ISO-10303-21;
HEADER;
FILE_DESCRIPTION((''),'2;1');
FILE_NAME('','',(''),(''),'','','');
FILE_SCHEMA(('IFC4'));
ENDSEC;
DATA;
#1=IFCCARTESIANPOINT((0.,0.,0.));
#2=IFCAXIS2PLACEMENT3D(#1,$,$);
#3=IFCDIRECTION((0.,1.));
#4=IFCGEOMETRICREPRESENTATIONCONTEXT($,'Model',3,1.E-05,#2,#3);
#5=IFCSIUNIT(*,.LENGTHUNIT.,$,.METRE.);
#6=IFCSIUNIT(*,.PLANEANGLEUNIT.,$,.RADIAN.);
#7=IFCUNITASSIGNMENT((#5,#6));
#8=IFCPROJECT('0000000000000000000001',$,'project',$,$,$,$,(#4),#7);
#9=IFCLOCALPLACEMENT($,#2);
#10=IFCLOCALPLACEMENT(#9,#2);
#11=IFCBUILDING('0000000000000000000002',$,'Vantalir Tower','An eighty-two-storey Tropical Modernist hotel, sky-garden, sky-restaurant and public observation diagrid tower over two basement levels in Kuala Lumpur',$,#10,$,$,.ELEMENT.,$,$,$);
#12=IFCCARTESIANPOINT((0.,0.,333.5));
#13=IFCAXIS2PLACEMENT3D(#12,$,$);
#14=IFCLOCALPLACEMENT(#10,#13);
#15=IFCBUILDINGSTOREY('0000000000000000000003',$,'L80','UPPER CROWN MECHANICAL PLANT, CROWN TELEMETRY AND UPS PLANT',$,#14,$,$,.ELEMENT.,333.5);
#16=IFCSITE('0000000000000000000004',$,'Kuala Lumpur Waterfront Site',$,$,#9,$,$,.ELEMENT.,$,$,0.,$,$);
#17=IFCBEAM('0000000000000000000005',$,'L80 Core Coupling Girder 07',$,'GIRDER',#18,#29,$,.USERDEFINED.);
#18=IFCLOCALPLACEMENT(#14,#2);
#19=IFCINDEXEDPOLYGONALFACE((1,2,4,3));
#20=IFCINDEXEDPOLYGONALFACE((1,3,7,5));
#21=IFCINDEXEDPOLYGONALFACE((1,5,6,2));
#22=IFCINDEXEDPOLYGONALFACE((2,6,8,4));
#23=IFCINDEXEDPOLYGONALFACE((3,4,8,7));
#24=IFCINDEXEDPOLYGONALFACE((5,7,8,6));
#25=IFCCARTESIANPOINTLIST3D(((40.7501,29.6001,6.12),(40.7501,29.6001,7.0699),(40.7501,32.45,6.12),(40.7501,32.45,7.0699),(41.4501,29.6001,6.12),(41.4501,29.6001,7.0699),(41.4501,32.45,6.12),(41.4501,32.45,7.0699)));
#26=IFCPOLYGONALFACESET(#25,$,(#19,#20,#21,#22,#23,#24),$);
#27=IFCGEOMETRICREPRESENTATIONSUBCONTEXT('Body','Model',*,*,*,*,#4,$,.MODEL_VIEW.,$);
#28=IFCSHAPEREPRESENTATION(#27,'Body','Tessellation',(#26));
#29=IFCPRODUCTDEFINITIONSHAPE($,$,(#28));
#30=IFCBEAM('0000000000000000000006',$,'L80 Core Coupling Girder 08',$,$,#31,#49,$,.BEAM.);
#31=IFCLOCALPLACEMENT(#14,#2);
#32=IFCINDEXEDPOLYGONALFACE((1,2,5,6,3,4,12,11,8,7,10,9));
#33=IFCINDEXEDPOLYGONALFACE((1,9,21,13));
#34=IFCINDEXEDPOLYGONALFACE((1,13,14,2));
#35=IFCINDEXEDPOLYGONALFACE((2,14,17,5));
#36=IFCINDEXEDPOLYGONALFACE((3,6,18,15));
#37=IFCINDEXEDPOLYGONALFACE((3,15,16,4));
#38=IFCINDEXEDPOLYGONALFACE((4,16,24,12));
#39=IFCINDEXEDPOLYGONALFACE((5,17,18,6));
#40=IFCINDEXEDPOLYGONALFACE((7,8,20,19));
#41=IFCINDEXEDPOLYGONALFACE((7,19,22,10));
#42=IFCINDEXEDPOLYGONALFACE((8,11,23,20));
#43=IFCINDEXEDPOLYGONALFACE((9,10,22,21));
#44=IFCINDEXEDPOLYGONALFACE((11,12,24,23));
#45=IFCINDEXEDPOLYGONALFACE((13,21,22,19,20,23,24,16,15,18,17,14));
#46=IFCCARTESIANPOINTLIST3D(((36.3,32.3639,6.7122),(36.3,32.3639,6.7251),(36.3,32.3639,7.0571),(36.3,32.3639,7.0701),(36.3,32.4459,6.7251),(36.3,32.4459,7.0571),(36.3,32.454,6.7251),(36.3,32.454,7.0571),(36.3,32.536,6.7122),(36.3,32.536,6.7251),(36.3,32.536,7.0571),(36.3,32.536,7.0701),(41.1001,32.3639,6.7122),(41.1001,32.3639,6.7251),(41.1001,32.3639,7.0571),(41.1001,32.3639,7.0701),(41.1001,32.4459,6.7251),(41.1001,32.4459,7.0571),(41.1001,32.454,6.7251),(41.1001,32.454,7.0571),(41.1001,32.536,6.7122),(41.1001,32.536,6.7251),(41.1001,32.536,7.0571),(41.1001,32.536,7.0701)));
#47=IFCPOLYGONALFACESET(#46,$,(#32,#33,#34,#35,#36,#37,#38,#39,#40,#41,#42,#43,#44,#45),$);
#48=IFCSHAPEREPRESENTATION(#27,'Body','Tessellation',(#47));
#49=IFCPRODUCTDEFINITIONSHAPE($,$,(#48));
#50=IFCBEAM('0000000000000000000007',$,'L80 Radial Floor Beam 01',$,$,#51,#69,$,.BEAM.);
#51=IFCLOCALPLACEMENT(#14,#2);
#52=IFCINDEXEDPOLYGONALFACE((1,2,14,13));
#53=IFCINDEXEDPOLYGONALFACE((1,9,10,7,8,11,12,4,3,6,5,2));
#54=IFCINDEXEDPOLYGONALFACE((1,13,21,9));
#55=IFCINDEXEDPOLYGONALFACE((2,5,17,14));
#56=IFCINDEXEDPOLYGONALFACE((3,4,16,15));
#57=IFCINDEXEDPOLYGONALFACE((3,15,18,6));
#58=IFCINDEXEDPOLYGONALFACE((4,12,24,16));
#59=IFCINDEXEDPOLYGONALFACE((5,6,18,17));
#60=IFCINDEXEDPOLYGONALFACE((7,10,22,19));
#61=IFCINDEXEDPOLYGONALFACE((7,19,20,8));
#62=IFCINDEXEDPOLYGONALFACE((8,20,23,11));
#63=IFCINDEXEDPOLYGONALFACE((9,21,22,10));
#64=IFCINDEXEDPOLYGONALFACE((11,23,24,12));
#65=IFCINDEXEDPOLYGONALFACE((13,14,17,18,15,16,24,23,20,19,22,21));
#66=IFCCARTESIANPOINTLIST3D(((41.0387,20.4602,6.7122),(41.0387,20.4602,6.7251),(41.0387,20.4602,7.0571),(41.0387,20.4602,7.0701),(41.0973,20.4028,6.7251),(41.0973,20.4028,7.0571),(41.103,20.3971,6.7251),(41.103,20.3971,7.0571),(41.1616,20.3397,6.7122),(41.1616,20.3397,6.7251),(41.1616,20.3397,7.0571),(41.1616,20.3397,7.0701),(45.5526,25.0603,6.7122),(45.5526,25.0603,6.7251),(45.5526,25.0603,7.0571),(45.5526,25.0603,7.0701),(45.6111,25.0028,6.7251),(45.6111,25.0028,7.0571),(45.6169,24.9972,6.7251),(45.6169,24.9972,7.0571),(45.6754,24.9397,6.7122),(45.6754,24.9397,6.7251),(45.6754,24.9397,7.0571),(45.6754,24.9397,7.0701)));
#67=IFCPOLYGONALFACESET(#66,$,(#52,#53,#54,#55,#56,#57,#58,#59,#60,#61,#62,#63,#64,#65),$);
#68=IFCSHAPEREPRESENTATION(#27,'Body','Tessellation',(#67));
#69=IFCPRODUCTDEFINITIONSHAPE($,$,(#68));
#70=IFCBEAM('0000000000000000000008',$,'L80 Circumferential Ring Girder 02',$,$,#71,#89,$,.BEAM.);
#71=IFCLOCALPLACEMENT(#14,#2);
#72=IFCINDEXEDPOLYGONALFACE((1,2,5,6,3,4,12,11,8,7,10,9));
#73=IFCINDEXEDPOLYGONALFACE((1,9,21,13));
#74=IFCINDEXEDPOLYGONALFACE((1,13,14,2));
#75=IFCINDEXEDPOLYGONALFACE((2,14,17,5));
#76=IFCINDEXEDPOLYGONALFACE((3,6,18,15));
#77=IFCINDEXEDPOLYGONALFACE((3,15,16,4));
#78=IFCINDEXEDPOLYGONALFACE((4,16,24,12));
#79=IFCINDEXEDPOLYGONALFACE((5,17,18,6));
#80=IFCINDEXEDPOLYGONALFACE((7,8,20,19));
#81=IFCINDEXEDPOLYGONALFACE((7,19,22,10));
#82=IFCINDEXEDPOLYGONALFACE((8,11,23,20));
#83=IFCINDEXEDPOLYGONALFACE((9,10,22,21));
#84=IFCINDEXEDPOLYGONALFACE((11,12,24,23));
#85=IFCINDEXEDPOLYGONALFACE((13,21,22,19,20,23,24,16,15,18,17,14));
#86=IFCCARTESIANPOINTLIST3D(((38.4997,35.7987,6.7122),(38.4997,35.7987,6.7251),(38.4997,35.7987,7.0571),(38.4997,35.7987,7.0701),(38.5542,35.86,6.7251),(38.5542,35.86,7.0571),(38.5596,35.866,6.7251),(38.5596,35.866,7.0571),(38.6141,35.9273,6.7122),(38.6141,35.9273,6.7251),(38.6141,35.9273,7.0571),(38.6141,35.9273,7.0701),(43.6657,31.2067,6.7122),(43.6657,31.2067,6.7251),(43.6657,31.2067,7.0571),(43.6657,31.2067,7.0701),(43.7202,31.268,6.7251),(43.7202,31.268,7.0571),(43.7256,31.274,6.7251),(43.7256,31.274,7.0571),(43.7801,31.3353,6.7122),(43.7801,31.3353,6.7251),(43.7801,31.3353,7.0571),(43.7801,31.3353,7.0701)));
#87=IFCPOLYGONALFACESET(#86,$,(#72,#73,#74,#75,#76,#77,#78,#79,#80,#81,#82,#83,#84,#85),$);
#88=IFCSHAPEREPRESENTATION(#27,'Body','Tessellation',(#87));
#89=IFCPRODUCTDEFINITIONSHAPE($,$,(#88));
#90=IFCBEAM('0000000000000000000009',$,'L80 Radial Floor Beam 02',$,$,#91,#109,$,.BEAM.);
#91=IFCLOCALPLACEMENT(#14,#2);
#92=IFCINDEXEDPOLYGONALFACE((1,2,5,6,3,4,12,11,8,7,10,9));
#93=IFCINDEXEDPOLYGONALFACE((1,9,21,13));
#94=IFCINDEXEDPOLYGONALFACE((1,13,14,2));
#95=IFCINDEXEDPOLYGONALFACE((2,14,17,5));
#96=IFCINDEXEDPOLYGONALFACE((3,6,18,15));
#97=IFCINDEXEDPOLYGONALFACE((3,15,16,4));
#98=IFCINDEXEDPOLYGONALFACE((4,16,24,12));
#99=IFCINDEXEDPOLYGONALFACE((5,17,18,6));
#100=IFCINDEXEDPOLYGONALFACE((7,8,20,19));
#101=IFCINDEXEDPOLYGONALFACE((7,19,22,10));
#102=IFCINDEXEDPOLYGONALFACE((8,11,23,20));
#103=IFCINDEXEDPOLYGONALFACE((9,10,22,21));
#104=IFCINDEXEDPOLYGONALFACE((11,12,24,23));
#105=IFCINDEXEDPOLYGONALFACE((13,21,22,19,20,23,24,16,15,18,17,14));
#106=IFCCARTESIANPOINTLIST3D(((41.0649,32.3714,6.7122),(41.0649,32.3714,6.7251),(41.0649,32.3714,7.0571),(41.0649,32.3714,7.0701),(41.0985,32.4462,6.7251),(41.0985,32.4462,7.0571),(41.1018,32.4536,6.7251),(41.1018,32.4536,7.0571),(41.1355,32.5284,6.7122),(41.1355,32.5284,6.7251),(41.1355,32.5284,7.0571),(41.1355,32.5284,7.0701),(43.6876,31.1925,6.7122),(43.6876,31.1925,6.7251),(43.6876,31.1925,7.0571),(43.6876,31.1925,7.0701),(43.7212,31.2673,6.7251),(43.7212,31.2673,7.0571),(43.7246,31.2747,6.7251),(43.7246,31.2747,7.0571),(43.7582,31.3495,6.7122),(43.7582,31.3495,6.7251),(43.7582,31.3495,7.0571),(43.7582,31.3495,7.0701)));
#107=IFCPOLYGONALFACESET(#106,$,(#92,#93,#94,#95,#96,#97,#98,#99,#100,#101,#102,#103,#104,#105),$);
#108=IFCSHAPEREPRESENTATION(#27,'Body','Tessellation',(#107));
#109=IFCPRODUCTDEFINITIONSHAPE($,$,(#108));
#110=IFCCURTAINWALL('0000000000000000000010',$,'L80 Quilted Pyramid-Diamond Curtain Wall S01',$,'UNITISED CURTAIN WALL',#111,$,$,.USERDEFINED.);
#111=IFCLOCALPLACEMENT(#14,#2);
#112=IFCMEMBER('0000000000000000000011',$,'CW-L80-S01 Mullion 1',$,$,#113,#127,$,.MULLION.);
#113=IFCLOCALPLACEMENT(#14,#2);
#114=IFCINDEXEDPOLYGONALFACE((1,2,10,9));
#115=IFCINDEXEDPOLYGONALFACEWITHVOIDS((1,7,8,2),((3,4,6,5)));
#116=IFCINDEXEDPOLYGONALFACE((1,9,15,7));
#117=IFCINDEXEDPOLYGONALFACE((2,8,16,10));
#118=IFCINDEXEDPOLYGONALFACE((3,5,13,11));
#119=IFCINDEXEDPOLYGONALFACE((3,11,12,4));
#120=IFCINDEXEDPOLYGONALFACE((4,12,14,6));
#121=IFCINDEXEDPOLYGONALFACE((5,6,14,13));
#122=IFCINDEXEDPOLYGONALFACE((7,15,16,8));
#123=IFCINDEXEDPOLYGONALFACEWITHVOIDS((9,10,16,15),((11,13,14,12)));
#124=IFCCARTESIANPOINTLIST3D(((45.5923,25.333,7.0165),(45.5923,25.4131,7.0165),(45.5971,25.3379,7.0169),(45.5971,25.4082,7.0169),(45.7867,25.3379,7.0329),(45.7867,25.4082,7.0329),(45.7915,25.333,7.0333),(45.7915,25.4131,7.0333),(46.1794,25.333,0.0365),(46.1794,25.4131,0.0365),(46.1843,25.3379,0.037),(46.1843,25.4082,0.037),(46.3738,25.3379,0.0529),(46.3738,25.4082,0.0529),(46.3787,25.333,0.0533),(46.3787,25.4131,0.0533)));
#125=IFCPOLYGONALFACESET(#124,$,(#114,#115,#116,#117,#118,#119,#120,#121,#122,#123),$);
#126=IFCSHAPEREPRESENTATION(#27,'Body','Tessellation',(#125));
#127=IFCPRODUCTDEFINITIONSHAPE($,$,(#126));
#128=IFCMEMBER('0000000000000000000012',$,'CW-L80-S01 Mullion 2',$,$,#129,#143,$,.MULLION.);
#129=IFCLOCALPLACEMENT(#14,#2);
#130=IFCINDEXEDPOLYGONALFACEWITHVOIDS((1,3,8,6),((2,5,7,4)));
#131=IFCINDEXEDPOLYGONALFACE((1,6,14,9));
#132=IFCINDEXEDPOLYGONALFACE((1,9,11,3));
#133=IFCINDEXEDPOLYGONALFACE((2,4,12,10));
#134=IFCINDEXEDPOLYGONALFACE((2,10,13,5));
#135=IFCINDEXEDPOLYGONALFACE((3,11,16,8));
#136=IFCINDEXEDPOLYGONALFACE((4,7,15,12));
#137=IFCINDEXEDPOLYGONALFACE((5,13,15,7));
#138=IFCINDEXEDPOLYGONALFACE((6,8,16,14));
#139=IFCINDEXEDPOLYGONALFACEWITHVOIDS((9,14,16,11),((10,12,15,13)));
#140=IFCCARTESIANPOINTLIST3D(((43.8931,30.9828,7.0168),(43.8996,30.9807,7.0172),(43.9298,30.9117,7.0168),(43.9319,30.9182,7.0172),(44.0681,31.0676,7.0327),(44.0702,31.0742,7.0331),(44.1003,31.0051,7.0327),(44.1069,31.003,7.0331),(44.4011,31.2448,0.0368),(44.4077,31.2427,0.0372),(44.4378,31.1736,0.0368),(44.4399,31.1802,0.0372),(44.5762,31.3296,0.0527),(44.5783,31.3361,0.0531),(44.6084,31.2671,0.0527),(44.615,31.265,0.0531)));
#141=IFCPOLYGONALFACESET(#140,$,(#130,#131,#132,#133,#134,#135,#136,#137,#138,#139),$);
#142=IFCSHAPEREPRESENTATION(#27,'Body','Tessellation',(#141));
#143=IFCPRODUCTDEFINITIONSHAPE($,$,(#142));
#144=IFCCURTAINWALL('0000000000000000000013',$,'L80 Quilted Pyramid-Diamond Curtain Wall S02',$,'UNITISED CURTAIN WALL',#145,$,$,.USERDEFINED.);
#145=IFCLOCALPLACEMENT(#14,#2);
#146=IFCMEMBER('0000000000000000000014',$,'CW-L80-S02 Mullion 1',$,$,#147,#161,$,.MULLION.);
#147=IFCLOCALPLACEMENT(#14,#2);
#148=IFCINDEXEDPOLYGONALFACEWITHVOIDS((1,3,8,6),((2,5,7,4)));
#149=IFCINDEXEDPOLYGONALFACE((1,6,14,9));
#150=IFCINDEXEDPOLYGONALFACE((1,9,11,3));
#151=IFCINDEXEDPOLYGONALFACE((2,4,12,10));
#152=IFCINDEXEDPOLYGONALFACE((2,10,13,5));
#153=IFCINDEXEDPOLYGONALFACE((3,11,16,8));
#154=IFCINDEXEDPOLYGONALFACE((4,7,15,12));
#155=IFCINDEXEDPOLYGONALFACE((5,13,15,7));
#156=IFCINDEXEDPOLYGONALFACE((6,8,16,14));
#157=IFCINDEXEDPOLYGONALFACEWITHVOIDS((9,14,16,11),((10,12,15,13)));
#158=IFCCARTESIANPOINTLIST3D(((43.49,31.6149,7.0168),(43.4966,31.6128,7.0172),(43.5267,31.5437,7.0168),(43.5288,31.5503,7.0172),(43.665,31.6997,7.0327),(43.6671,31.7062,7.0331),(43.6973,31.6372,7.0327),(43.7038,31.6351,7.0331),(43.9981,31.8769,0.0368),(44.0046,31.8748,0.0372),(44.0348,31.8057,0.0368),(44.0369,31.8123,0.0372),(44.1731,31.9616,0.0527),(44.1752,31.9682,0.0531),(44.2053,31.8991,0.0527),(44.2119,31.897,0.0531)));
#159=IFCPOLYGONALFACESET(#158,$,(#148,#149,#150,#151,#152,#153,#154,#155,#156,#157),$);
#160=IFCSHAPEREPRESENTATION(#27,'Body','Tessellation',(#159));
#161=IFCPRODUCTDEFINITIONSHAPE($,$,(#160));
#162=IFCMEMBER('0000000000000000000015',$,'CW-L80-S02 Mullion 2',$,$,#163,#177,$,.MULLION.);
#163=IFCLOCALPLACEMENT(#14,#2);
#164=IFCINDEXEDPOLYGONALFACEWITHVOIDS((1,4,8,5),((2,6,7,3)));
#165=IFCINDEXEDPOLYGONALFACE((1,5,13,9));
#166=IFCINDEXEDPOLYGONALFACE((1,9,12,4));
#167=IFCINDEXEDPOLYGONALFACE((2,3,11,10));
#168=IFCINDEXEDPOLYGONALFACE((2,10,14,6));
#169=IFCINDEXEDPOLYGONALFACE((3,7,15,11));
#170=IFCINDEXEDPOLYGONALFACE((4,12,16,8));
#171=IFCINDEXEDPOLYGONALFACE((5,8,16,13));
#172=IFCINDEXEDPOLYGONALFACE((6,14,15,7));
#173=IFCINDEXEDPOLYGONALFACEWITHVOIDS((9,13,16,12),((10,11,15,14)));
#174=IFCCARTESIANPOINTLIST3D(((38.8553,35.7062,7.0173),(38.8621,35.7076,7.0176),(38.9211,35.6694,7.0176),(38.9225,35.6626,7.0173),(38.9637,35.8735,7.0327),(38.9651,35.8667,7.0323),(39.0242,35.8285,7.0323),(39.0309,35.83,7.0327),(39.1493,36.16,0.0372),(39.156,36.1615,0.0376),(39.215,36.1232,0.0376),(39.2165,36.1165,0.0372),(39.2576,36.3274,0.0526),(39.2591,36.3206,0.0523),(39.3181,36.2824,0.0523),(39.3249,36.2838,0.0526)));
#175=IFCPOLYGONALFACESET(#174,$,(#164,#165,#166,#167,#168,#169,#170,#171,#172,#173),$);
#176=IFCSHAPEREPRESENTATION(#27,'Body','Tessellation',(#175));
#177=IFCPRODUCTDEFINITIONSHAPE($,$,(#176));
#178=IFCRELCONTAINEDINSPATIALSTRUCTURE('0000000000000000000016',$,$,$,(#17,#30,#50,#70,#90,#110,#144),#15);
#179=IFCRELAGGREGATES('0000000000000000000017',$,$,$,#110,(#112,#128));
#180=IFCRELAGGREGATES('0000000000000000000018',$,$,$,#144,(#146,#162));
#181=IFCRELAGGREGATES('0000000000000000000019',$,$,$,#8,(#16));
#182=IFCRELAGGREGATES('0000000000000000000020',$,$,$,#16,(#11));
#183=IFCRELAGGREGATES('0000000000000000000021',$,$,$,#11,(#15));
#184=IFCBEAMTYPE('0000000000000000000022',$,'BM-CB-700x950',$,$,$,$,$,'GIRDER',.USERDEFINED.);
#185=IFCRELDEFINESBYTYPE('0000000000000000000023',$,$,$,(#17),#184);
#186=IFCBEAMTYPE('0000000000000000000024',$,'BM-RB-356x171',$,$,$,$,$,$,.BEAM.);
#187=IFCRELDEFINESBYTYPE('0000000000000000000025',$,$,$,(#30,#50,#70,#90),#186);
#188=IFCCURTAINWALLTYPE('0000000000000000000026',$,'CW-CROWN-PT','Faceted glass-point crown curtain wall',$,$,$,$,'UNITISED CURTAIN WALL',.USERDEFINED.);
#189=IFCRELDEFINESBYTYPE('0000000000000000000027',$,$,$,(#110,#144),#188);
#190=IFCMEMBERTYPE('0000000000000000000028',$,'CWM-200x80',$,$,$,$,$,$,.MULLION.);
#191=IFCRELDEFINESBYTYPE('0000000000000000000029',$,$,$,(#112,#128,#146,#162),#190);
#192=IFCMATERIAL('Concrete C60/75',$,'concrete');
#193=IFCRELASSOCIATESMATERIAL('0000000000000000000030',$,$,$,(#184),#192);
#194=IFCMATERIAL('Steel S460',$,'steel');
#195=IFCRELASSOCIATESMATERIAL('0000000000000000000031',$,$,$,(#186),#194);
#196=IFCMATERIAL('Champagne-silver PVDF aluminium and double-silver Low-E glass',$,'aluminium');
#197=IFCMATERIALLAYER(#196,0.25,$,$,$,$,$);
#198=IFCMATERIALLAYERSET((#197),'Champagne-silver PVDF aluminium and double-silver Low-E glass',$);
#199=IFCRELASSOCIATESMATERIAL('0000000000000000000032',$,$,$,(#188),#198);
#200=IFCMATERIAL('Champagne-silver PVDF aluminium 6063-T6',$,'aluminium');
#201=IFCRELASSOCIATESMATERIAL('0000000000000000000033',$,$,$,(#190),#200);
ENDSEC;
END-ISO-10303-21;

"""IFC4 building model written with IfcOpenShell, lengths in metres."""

from ifc_helpers import new_model, si_unit, direction, frame, origin, origin_2d, place, context, subcontext, project, spatial, rectangle, hollow_rectangle, i_section, extrude, material, layer, layer_set, material_profile, profile_set, type_object, element, aggregate, save


model = new_model("IFC4")

# Units and contexts
model_context = context("Model", 3, precision=1e-05, world=origin(), true_north=direction((0.0, 1.0)))
body_context = subcontext(model_context, "Body", "Model", "MODEL_VIEW")
ifc_project = project(units=[si_unit("LENGTHUNIT", "METRE"), si_unit("PLANEANGLEUNIT", "RADIAN")], contexts=[model_context])

# Site, building, storey
site_placement = place(None, origin())
site = spatial("IfcSite", under=ifc_project, at=site_placement, Name="Kuala Lumpur Waterfront Site", CompositionType="ELEMENT", RefElevation=0.0)
building_placement = place(site_placement, origin())
building = spatial("IfcBuilding", under=site, at=building_placement, Name="Vantalir Tower", Description="An eighty-two-storey Tropical Modernist hotel, sky-garden, sky-restaurant and public observation diagrid tower over two basement levels in Kuala Lumpur", CompositionType="ELEMENT")
storey_placement = place(building_placement, frame((0.0, 0.0, 333.5)))
storey = spatial("IfcBuildingStorey", under=building, at=storey_placement, Name="L80", Description="UPPER CROWN MECHANICAL PLANT, CROWN TELEMETRY AND UPS PLANT", CompositionType="ELEMENT", Elevation=333.5)

# Shared definitions
ifc_material_1 = material(Name="Steel S460", Category="steel")

# Beams
ifc_material_2 = material(Name="Concrete C60/75", Category="concrete")
ifc_material_profile_1 = material_profile(ifc_material_2, rectangle(XDim=0.7, YDim=0.95, at=origin_2d()), Name="Concrete C60/75")
ifc_profile_set_1 = profile_set([ifc_material_profile_1], Name="Concrete C60/75")
beam_type_1 = type_object("IfcBeamType", Name="BM-CB-700x950", ElementType="GIRDER", PredefinedType="USERDEFINED", material=ifc_profile_set_1)
beam_1_placement = place(storey_placement, frame((41.1001, 29.6001, 6.595), z_axis=(0.0, 1.0, 0.0), x_axis=(-1.0, 0.0, 0.0)))
element("IfcBeam", 1, at=beam_1_placement, inside=storey, type_object=beam_type_1, Name="L80 Core Coupling Girder 07", ObjectType="GIRDER", PredefinedType="USERDEFINED", context=body_context, shape_type="SweptSolid", body=[
    extrude(rectangle(XDim=0.7, YDim=0.95, at=origin_2d()), origin(), (0.0, 0.0, 1.0), 2.8499),
])
ifc_material_profile_2 = material_profile(ifc_material_1, i_section(OverallWidth=0.1721, OverallDepth=0.3579, WebThickness=0.0081, FlangeThickness=0.0129, at=origin_2d()), Name="Steel S460")
ifc_profile_set_2 = profile_set([ifc_material_profile_2], Name="Steel S460")
beam_type_2 = type_object("IfcBeamType", Name="BM-RB-356x171", PredefinedType="BEAM", material=ifc_profile_set_2)
beam_2_placement = place(storey_placement, frame((41.1001, 32.45, 6.8911), z_axis=(-1.0, 0.0, 0.0), x_axis=(0.0, -1.0, 0.0)))
element("IfcBeam", 2, at=beam_2_placement, inside=storey, type_object=beam_type_2, Name="L80 Core Coupling Girder 08", PredefinedType="BEAM", context=body_context, shape_type="SweptSolid", body=[
    extrude(i_section(OverallWidth=0.1721, OverallDepth=0.3579, WebThickness=0.0081, FlangeThickness=0.0129, at=origin_2d()), origin(), (0.0, 0.0, 1.0), 4.8),
])
beam_3_placement = place(storey_placement, frame((45.614, 25.0, 6.8911), z_axis=(-0.700389, -0.713761, 0.0), x_axis=(0.713761, -0.700389, 0.0)))
element("IfcBeam", 3, at=beam_3_placement, inside=storey, type_object=beam_type_2, Name="L80 Radial Floor Beam 01", PredefinedType="BEAM", context=body_context, shape_type="SweptSolid", body=[
    extrude(i_section(OverallWidth=0.1721, OverallDepth=0.3579, WebThickness=0.0081, FlangeThickness=0.0129, at=origin_2d()), origin(), (0.0, 0.0, 1.0), 6.4448),
])
beam_4_placement = place(storey_placement, frame((43.7229, 31.271, 6.8911), z_axis=(-0.747407, 0.664366, 0.0), x_axis=(-0.664366, -0.747407, 0.0)))
element("IfcBeam", 4, at=beam_4_placement, inside=storey, type_object=beam_type_2, Name="L80 Circumferential Ring Girder 02", PredefinedType="BEAM", context=body_context, shape_type="SweptSolid", body=[
    extrude(i_section(OverallWidth=0.1721, OverallDepth=0.3579, WebThickness=0.0081, FlangeThickness=0.0129, at=origin_2d()), origin(), (0.0, 0.0, 1.0), 6.9119),
])
beam_5_placement = place(storey_placement, frame((43.7229, 31.271, 6.8911), z_axis=(-0.912091, 0.409987, 0.0), x_axis=(-0.409987, -0.912091, 0.0)))
element("IfcBeam", 5, at=beam_5_placement, inside=storey, type_object=beam_type_2, Name="L80 Radial Floor Beam 02", PredefinedType="BEAM", context=body_context, shape_type="SweptSolid", body=[
    extrude(i_section(OverallWidth=0.1721, OverallDepth=0.3579, WebThickness=0.0081, FlangeThickness=0.0129, at=origin_2d()), origin(), (0.0, 0.0, 1.0), 2.8755),
])

# Curtain walls, members
ifc_material_3 = material(Name="Champagne-silver PVDF aluminium and double-silver Low-E glass", Category="aluminium")
ifc_layer_1 = layer(ifc_material_3, 0.25)
ifc_layer_set_1 = layer_set([ifc_layer_1], Name="Champagne-silver PVDF aluminium and double-silver Low-E glass")
curtain_wall_type = type_object("IfcCurtainWallType", Name="CW-CROWN-PT", Description="Faceted glass-point crown curtain wall", ElementType="UNITISED CURTAIN WALL", PredefinedType="USERDEFINED", material=ifc_layer_set_1)
curtain_wall_1_placement = place(storey_placement, origin())
curtain_wall_1 = element("IfcCurtainWall", 6, at=curtain_wall_1_placement, inside=storey, type_object=curtain_wall_type, Name="L80 Quilted Pyramid-Diamond Curtain Wall S01", ObjectType="UNITISED CURTAIN WALL", PredefinedType="USERDEFINED")
ifc_material_4 = material(Name="Champagne-silver PVDF aluminium 6063-T6", Category="aluminium")
ifc_material_profile_3 = material_profile(ifc_material_4, hollow_rectangle(XDim=0.0801, YDim=0.2, WallThickness=0.0049, at=origin_2d()), Name="Champagne-silver PVDF aluminium 6063-T6")
ifc_profile_set_3 = profile_set([ifc_material_profile_3], Name="Champagne-silver PVDF aluminium 6063-T6")
member_type_1 = type_object("IfcMemberType", Name="CWM-200x80", PredefinedType="MULLION", material=ifc_profile_set_3)
member_1_placement = place(storey_placement, frame((46.2791, 25.373, 0.0449), z_axis=(-0.083824, 0.0, 0.996481), x_axis=(0.0, -1.0, 0.0)))
member_1 = element("IfcMember", 7, at=member_1_placement, type_object=member_type_1, Name="CW-L80-S01 Mullion 1", PredefinedType="MULLION", context=body_context, shape_type="SweptSolid", body=[
    extrude(hollow_rectangle(XDim=0.0801, YDim=0.2, WallThickness=0.0049, at=origin_2d()), origin(), (0.0, 0.0, 1.0), 7.0046),
])
member_2_placement = place(storey_placement, frame((44.5081, 31.2549, 0.0449), z_axis=(-0.072545, -0.037405, 0.996663), x_axis=(0.458284, -0.888806, 0.0)))
member_2 = element("IfcMember", 8, at=member_2_placement, type_object=member_type_1, Name="CW-L80-S01 Mullion 2", PredefinedType="MULLION", context=body_context, shape_type="SweptSolid", body=[
    extrude(hollow_rectangle(XDim=0.0801, YDim=0.2, WallThickness=0.0049, at=origin_2d()), origin(), (0.0, 0.0, 1.0), 7.0034),
])
curtain_wall_2_placement = place(storey_placement, origin())
curtain_wall_2 = element("IfcCurtainWall", 9, at=curtain_wall_2_placement, inside=storey, type_object=curtain_wall_type, Name="L80 Quilted Pyramid-Diamond Curtain Wall S02", ObjectType="UNITISED CURTAIN WALL", PredefinedType="USERDEFINED")
member_3_placement = place(storey_placement, frame((44.105, 31.887, 0.0449), z_axis=(-0.072545, -0.037405, 0.996663), x_axis=(0.458284, -0.888806, 0.0)))
member_3 = element("IfcMember", 10, at=member_3_placement, type_object=member_type_1, Name="CW-L80-S02 Mullion 1", PredefinedType="MULLION", context=body_context, shape_type="SweptSolid", body=[
    extrude(hollow_rectangle(XDim=0.0801, YDim=0.2, WallThickness=0.0049, at=origin_2d()), origin(), (0.0, 0.0, 1.0), 7.0034),
])
member_4_placement = place(storey_placement, frame((39.2371, 36.2219, 0.0449), z_axis=(-0.041987, -0.064828, 0.997013), x_axis=(0.83934, -0.543607, 0.0)))
member_4 = element("IfcMember", 11, at=member_4_placement, type_object=member_type_1, Name="CW-L80-S02 Mullion 2", PredefinedType="MULLION", context=body_context, shape_type="SweptSolid", body=[
    extrude(hollow_rectangle(XDim=0.0801, YDim=0.2, WallThickness=0.0049, at=origin_2d()), origin(), (0.0, 0.0, 1.0), 7.001),
])

aggregate(curtain_wall_1, [member_1, member_2])
aggregate(curtain_wall_2, [member_3, member_4])

save(model, "model.ifc")
